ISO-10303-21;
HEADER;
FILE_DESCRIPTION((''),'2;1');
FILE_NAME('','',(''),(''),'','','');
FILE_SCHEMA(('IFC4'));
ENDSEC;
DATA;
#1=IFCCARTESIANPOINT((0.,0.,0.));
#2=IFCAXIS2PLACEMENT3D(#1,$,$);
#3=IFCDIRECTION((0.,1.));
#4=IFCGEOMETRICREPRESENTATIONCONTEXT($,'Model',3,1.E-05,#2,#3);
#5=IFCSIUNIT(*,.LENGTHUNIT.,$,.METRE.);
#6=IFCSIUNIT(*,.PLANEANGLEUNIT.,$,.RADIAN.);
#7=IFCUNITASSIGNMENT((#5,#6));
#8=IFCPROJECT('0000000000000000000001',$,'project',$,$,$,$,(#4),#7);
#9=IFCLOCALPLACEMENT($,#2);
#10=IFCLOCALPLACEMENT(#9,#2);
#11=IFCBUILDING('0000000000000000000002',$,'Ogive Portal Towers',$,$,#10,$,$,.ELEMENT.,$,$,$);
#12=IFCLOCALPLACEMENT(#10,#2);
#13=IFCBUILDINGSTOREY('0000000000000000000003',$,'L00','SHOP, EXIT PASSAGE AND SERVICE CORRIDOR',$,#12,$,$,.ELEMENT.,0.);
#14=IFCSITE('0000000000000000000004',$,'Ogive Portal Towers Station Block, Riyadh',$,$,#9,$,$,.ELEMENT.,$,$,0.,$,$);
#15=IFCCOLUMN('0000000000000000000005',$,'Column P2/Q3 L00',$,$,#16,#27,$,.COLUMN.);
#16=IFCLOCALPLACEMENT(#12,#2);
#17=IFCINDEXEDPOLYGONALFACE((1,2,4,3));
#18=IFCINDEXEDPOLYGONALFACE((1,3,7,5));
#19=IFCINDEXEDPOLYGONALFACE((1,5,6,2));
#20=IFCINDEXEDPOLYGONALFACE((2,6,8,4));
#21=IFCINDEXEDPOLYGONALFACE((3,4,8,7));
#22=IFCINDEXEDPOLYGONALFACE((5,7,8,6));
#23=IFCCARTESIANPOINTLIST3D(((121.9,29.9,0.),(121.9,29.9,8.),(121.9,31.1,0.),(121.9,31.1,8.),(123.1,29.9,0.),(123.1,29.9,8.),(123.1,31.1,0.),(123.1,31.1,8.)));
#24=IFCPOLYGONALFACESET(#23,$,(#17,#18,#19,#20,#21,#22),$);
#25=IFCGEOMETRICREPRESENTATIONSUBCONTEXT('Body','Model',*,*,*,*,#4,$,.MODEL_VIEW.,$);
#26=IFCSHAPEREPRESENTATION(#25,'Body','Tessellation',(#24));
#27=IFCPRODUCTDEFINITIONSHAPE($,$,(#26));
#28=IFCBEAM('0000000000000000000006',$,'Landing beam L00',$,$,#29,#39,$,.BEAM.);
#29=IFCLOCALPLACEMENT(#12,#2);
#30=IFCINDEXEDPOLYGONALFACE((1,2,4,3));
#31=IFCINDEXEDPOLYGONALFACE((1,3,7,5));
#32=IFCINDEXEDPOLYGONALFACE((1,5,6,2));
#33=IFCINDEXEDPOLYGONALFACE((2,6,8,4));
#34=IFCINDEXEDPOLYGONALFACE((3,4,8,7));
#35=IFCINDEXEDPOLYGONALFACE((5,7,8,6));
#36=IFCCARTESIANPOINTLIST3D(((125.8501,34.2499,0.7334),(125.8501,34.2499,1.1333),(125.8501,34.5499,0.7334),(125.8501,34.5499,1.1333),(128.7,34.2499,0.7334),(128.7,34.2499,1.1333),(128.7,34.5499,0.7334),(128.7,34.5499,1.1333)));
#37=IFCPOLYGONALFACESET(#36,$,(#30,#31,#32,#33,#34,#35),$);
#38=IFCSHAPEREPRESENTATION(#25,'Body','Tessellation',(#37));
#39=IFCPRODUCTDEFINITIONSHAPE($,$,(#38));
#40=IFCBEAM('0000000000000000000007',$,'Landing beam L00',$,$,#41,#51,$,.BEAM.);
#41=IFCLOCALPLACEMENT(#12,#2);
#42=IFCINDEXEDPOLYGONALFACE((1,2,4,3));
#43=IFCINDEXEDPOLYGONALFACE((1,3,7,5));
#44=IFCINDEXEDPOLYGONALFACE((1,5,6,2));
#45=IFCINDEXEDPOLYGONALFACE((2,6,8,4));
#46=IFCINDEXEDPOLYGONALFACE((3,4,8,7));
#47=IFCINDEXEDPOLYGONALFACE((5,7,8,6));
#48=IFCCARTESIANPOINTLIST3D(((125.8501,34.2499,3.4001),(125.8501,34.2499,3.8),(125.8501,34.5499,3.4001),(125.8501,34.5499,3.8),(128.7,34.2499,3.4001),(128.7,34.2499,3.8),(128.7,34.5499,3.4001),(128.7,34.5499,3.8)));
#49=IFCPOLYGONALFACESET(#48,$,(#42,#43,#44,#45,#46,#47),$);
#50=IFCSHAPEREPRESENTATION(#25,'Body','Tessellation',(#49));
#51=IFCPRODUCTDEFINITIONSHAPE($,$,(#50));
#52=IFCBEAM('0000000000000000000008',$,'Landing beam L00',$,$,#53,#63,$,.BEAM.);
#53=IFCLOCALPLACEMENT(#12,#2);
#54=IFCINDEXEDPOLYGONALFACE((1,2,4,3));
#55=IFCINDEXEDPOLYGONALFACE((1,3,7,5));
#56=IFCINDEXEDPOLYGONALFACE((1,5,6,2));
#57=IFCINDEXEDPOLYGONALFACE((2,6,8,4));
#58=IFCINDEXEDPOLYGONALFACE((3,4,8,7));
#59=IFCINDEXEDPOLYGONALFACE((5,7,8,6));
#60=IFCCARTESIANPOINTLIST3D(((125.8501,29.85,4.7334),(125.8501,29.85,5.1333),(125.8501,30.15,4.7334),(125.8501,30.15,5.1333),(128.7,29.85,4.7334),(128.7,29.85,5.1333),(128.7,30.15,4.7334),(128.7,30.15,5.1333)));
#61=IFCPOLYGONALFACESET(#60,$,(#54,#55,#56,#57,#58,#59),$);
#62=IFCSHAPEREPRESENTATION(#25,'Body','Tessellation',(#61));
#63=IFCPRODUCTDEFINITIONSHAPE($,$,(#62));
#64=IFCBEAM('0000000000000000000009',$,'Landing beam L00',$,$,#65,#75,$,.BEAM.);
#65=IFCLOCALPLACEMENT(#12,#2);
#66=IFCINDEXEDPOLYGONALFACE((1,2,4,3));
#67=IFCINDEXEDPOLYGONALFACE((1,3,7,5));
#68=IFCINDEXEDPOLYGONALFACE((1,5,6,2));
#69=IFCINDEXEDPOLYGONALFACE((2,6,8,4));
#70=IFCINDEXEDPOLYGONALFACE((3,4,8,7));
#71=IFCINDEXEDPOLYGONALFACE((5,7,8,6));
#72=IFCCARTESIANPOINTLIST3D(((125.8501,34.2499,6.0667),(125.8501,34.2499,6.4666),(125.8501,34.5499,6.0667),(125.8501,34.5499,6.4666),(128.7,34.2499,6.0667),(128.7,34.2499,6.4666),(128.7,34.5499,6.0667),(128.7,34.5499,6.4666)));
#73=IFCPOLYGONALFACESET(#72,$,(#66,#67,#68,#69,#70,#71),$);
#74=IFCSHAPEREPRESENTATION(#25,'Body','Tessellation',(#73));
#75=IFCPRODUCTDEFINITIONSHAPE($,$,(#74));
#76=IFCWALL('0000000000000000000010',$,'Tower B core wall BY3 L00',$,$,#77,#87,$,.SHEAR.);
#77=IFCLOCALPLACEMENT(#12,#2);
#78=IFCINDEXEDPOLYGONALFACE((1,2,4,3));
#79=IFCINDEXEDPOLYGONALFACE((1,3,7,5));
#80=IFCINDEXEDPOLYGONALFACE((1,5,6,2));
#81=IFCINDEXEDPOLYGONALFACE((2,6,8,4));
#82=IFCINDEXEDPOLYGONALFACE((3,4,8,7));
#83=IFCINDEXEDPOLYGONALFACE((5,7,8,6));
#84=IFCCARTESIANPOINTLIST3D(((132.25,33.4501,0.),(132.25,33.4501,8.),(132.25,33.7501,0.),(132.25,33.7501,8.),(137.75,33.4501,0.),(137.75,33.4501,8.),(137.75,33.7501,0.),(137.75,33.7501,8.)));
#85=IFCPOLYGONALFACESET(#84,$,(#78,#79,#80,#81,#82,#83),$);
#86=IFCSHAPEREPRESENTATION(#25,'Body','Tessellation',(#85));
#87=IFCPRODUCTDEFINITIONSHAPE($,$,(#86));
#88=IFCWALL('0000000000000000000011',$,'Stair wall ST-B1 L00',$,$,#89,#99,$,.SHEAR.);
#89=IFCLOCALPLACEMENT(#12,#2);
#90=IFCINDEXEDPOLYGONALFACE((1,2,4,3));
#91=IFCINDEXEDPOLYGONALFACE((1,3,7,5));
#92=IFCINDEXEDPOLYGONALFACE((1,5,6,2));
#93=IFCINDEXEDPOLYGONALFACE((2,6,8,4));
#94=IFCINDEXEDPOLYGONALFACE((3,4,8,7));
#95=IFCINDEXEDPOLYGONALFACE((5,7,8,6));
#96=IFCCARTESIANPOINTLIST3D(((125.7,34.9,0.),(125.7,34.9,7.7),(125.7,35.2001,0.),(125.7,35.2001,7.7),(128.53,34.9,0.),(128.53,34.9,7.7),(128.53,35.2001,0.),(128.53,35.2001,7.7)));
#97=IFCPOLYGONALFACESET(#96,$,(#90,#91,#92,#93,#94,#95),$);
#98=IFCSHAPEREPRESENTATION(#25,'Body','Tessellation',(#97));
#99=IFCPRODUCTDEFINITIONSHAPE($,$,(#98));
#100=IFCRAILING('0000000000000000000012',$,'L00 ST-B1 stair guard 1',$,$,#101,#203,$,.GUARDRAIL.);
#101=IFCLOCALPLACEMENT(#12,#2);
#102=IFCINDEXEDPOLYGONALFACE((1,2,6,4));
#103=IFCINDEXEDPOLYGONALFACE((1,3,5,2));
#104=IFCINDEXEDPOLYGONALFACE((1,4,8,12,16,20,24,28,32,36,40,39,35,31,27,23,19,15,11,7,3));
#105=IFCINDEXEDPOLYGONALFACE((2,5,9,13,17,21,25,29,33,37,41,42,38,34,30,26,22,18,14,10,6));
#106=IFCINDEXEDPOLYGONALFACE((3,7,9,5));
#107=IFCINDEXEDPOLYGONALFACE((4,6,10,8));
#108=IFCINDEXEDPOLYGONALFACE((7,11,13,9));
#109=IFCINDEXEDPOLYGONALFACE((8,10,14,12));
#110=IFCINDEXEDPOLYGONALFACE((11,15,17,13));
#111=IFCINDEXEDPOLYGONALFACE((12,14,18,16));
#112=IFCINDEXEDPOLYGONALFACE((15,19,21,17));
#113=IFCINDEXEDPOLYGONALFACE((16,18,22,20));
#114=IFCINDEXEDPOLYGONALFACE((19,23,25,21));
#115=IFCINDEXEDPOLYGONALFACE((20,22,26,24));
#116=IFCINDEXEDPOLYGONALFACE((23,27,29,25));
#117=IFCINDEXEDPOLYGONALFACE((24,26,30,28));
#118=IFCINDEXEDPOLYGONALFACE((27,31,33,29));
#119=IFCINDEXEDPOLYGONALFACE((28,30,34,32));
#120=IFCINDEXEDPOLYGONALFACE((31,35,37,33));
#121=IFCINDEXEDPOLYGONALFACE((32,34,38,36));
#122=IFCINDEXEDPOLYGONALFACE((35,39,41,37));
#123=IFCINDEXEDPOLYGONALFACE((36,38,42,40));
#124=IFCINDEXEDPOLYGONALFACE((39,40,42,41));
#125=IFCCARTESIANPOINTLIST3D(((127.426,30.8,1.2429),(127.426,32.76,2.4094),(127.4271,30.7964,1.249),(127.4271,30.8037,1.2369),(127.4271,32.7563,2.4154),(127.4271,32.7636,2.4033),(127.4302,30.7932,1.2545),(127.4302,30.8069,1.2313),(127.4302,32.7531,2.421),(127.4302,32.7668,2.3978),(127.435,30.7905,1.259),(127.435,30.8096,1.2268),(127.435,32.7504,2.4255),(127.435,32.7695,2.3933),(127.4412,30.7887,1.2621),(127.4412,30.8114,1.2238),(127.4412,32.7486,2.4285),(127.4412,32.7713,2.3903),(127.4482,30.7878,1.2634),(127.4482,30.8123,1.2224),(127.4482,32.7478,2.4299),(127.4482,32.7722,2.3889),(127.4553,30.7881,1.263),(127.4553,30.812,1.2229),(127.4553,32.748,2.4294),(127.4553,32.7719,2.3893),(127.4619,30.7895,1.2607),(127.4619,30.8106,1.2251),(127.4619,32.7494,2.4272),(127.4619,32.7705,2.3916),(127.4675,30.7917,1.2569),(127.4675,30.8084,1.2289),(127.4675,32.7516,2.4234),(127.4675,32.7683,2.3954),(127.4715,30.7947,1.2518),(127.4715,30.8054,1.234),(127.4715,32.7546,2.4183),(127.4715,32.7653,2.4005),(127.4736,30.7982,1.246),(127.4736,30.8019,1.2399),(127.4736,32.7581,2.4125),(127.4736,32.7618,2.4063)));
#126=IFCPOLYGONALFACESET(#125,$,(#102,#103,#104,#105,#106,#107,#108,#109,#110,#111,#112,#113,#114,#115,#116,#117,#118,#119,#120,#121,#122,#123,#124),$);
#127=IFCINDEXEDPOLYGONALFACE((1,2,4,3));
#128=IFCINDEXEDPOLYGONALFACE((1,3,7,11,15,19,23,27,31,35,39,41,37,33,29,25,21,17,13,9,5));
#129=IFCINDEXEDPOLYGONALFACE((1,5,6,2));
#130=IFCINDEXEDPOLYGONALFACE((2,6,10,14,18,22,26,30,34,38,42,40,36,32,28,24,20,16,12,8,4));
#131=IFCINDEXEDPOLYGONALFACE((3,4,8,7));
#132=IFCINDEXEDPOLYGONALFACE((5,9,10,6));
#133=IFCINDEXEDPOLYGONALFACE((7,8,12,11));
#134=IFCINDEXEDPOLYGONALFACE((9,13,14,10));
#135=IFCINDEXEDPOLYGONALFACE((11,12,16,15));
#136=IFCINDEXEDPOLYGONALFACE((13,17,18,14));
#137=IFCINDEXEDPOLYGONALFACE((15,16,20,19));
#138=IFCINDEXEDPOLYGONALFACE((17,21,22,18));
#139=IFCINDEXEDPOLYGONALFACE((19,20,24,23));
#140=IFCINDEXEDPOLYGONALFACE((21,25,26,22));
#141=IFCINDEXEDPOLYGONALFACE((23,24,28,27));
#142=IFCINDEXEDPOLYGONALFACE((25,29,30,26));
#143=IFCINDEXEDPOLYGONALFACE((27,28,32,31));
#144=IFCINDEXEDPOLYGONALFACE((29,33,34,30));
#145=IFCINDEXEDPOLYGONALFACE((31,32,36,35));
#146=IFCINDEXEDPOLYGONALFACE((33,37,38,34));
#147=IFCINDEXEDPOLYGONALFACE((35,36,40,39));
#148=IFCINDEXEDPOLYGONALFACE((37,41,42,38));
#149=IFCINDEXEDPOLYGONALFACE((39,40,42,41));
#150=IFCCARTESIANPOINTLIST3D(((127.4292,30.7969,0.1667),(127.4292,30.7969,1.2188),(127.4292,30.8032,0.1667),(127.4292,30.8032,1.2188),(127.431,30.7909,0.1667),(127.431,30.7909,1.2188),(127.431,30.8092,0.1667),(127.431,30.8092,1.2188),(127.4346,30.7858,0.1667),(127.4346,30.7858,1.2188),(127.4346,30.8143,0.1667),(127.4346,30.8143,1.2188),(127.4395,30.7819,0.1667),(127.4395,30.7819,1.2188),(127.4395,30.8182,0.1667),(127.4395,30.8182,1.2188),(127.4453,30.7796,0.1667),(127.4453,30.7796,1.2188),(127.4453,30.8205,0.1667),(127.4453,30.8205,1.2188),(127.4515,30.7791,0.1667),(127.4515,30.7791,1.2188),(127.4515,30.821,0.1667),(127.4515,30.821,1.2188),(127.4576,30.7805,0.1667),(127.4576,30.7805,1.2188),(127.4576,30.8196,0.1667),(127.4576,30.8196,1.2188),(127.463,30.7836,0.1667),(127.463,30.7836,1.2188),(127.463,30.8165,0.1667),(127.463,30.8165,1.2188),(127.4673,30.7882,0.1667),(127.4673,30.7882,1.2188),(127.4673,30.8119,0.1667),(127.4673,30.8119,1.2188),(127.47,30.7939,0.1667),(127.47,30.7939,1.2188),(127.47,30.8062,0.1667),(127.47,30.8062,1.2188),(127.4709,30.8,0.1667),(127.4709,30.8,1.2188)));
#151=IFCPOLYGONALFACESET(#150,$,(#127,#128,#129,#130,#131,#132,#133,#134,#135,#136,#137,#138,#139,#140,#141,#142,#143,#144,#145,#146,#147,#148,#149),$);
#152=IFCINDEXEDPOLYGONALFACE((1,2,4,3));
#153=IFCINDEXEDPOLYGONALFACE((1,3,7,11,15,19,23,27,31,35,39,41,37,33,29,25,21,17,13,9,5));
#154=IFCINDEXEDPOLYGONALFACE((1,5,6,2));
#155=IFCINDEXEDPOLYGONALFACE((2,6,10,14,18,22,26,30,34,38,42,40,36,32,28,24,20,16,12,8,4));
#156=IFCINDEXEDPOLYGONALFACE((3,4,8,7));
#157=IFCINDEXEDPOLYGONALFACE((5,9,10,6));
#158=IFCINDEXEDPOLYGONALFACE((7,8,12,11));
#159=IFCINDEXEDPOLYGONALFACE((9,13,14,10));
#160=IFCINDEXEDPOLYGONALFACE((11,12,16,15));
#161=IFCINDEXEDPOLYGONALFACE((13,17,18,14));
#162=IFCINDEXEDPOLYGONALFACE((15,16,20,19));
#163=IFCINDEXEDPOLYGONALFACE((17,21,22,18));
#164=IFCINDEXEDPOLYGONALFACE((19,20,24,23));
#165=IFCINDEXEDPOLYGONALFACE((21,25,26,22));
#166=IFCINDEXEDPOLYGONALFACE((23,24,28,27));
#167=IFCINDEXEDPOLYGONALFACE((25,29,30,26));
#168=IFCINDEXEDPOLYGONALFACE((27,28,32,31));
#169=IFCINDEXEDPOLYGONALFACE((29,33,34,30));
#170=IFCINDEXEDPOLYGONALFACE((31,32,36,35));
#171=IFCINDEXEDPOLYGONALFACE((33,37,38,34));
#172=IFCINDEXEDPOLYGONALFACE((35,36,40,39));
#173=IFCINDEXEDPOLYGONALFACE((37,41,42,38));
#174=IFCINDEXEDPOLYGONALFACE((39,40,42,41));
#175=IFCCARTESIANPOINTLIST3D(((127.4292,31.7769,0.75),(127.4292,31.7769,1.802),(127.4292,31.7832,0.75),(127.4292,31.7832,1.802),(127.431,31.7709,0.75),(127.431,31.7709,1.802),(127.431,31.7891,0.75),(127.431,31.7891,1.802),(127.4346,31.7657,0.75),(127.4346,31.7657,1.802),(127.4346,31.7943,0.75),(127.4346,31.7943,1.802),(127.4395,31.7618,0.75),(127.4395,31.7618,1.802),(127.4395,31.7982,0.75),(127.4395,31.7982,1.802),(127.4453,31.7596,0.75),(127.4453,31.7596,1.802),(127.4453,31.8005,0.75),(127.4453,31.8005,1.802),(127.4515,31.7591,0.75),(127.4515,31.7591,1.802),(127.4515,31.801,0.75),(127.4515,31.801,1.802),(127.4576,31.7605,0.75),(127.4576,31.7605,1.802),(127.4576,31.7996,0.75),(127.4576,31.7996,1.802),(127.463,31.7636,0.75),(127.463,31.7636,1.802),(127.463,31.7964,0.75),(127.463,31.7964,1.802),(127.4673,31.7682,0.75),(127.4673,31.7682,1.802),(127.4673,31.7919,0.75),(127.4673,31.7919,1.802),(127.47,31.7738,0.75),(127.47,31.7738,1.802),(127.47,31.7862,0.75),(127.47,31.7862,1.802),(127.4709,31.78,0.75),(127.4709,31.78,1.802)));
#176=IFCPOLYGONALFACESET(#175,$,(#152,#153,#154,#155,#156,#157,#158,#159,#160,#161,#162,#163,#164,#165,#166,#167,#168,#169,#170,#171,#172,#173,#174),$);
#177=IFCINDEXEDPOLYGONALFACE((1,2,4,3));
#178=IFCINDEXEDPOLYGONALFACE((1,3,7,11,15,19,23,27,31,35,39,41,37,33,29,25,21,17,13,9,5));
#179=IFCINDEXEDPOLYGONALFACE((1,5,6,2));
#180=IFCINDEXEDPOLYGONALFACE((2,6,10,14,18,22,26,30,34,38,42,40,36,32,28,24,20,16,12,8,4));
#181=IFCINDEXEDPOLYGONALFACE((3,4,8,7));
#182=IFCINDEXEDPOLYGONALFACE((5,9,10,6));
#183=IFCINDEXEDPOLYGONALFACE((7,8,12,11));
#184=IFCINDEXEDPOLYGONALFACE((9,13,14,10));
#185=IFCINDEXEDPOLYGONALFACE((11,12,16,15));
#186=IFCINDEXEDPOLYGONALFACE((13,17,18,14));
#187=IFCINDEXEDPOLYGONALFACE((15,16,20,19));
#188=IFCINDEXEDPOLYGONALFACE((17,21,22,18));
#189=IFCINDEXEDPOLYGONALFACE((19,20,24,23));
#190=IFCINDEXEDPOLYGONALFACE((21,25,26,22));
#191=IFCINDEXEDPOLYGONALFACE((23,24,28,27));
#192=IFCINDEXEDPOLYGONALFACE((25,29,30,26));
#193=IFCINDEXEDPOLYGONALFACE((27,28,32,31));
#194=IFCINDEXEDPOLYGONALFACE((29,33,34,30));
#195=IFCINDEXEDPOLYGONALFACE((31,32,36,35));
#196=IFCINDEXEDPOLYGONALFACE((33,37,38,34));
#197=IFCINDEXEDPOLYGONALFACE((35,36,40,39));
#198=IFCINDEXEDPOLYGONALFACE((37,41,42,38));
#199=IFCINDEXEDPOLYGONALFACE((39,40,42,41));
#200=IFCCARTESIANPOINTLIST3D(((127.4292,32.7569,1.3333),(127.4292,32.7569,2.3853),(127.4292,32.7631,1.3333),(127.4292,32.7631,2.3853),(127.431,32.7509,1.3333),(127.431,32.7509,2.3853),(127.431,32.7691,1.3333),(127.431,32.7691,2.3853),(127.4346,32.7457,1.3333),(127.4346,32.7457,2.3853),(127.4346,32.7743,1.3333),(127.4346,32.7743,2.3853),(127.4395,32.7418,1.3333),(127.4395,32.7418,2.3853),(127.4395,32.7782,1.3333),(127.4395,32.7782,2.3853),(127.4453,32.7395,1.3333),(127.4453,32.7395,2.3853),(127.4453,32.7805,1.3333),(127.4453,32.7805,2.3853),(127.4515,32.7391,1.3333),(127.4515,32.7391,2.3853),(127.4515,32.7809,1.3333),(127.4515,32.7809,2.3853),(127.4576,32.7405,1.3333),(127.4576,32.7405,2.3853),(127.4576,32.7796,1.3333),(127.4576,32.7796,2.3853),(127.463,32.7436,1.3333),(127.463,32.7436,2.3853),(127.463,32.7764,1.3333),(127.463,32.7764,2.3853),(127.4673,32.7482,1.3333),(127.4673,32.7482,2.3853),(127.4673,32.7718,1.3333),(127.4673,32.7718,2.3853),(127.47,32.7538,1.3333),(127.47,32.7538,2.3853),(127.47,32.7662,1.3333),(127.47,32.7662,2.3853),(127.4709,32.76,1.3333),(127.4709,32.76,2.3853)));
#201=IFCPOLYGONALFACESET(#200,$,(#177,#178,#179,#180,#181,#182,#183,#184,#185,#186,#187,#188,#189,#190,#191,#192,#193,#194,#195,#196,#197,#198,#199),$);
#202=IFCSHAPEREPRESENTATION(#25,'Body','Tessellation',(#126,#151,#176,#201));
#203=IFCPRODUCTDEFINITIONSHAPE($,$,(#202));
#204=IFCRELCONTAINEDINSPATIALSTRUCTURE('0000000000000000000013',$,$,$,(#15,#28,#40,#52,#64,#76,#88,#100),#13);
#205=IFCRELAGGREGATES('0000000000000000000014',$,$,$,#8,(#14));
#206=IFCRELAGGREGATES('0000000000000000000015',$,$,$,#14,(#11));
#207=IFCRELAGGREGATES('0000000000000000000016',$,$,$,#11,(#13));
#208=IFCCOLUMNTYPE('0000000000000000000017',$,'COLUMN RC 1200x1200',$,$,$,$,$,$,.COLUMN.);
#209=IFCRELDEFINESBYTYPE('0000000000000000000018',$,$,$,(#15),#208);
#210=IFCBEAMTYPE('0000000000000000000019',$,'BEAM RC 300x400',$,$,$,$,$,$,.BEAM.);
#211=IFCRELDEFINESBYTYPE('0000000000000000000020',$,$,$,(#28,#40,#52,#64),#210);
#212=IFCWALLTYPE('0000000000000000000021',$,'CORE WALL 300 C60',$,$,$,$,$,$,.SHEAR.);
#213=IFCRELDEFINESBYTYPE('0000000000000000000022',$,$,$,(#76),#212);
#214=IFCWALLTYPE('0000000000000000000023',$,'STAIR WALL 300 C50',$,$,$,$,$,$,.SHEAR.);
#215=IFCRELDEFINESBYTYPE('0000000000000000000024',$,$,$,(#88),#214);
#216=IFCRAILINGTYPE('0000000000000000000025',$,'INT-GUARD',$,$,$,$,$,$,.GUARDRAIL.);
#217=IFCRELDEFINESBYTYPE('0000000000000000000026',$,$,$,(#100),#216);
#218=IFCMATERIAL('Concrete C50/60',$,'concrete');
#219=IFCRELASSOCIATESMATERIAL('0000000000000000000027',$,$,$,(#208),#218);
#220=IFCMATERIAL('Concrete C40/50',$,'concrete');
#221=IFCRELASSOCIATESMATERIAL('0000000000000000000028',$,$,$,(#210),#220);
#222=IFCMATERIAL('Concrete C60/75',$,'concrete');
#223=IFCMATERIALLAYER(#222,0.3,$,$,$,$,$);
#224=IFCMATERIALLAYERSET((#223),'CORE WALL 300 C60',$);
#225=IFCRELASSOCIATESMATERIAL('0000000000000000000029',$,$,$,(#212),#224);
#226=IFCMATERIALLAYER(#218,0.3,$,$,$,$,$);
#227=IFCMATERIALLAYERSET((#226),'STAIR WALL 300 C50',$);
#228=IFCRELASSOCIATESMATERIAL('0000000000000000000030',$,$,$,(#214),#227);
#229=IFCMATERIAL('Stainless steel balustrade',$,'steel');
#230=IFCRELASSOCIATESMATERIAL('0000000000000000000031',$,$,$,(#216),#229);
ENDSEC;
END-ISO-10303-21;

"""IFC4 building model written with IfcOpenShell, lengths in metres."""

from ifc_helpers import new_model, si_unit, direction, frame, frame_2d, origin, origin_2d, place, context, subcontext, project, spatial, rectangle, circle, extrude, material, layer, layer_set, material_profile, profile_set, type_object, element, save


model = new_model("IFC4")

# Units and contexts
model_context = context("Model", 3, precision=1e-05, world=origin(), true_north=direction((0.0, 1.0)))
body_context = subcontext(model_context, "Body", "Model", "MODEL_VIEW")
ifc_project = project(units=[si_unit("LENGTHUNIT", "METRE"), si_unit("PLANEANGLEUNIT", "RADIAN")], contexts=[model_context])

# Site, building, storey
site_placement = place(None, origin())
site = spatial("IfcSite", under=ifc_project, at=site_placement, Name="Ogive Portal Towers Station Block, Riyadh", CompositionType="ELEMENT", RefElevation=0.0)
building_placement = place(site_placement, origin())
building = spatial("IfcBuilding", under=site, at=building_placement, Name="Ogive Portal Towers", CompositionType="ELEMENT")
storey_placement = place(building_placement, origin())
storey = spatial("IfcBuildingStorey", under=building, at=storey_placement, Name="L00", Description="SHOP, EXIT PASSAGE AND SERVICE CORRIDOR", CompositionType="ELEMENT", Elevation=0.0)

# Column
ifc_material_1 = material(Name="Concrete C50/60", Category="concrete")
ifc_material_profile_1 = material_profile(ifc_material_1, rectangle(XDim=1.2, YDim=1.2, at=origin_2d()), Name="RC 1200x1200")
ifc_profile_set_1 = profile_set([ifc_material_profile_1], Name="Concrete C50/60")
column_type = type_object("IfcColumnType", Name="COLUMN RC 1200x1200", PredefinedType="COLUMN", material=ifc_profile_set_1)
column_placement = place(storey_placement, frame((122.5, 30.5, 0.0), z_axis=(0.0, 0.0, 1.0), x_axis=(1.0, 0.0, 0.0)))
element("IfcColumn", 1, at=column_placement, inside=storey, type_object=column_type, Name="Column P2/Q3 L00", PredefinedType="COLUMN", context=body_context, shape_type="SweptSolid", body=[
    extrude(rectangle(XDim=1.2, YDim=1.2, at=origin_2d()), origin(), (0.0, 0.0, 1.0), 8.0),
])

# Beams
ifc_material_2 = material(Name="Concrete C40/50", Category="concrete")
ifc_material_profile_2 = material_profile(ifc_material_2, rectangle(XDim=0.3, YDim=0.3999, at=origin_2d()), Name="RC 300x400")
ifc_profile_set_2 = profile_set([ifc_material_profile_2], Name="Concrete C40/50")
beam_type = type_object("IfcBeamType", Name="BEAM RC 300x400", PredefinedType="BEAM", material=ifc_profile_set_2)
for number, where, z_axis, x_axis, name in (
    (2, (125.8501, 34.3999, 0.9333), (1.0, 0.0, 0.0), (0.0, 1.0, 0.0), "Landing beam L00"),
    (3, (125.8501, 34.3999, 3.6001), (1.0, 0.0, 0.0), (0.0, 1.0, 0.0), "Landing beam L00"),
    (4, (125.8501, 30.0, 4.9333), (1.0, 0.0, 0.0), (0.0, 1.0, 0.0), "Landing beam L00"),
    (5, (125.8501, 34.3999, 6.2666), (1.0, 0.0, 0.0), (0.0, 1.0, 0.0), "Landing beam L00"),
):
    element("IfcBeam", number, at=place(storey_placement, frame(where, z_axis=z_axis, x_axis=x_axis)), inside=storey, type_object=beam_type, Name=name, PredefinedType="BEAM", context=body_context, shape_type="SweptSolid", body=[
        extrude(rectangle(XDim=0.3, YDim=0.3999, at=origin_2d()), origin(), (0.0, 0.0, 1.0), 2.8499),
    ])

# Shared definitions
ifc_material_3 = material(Name="Concrete C60/75", Category="concrete")
ifc_layer_1 = layer(ifc_material_3, 0.3)
ifc_layer_set_1 = layer_set([ifc_layer_1], Name="CORE WALL 300 C60")
wall_type_1 = type_object("IfcWallType", Name="CORE WALL 300 C60", PredefinedType="SHEAR", material=ifc_layer_set_1)

# Wall
wall_1_placement = place(storey_placement, frame((132.25, 33.6001, 0.0), z_axis=(0.0, 0.0, 1.0), x_axis=(1.0, 0.0, 0.0)))
element("IfcWall", 6, at=wall_1_placement, inside=storey, type_object=wall_type_1, Name="Tower B core wall BY3 L00", PredefinedType="SHEAR", context=body_context, shape_type="SweptSolid", body=[
    extrude(rectangle(XDim=5.5, YDim=0.3, at=frame_2d((2.75, 0.0))), origin(), (0.0, 0.0, 1.0), 8.0),
])

# Wall
ifc_layer_2 = layer(ifc_material_1, 0.3)
ifc_layer_set_2 = layer_set([ifc_layer_2], Name="STAIR WALL 300 C50")
wall_type_2 = type_object("IfcWallType", Name="STAIR WALL 300 C50", PredefinedType="SHEAR", material=ifc_layer_set_2)
wall_2_placement = place(storey_placement, frame((125.7, 35.05, 0.0), z_axis=(0.0, 0.0, 1.0), x_axis=(1.0, 0.0, 0.0)))
element("IfcWall", 7, at=wall_2_placement, inside=storey, type_object=wall_type_2, Name="Stair wall ST-B1 L00", PredefinedType="SHEAR", context=body_context, shape_type="SweptSolid", body=[
    extrude(rectangle(XDim=2.8301, YDim=0.3, at=frame_2d((1.415, 0.0))), origin(), (0.0, 0.0, 1.0), 7.7),
])

# Railing
ifc_material_4 = material(Name="Stainless steel balustrade", Category="steel")
railing_type_1 = type_object("IfcRailingType", Name="INT-GUARD", PredefinedType="GUARDRAIL", material=ifc_material_4)
railing_1_placement = place(storey_placement, frame((127.45, 30.8, 0.1667)))
element("IfcRailing", 8, at=railing_1_placement, inside=storey, type_object=railing_type_1, Name="L00 ST-B1 stair guard 1", PredefinedType="GUARDRAIL", context=body_context, shape_type="SweptSolid", body=[
    extrude(circle(Radius=0.0239, at=origin_2d()), frame((0.0, 0.0, 1.0762), z_axis=(0.0, 0.85932, 0.511439), x_axis=(-1.0, 0.0, 0.0)), (0.0, 0.0, 1.0), 2.2808),
    extrude(circle(Radius=0.021, at=origin_2d()), origin(), (0.0, 0.0, 1.0), 1.052),
    extrude(circle(Radius=0.021, at=origin_2d()), frame((0.0, 0.98, 0.5833)), (0.0, 0.0, 1.0), 1.052),
    extrude(circle(Radius=0.021, at=origin_2d()), frame((0.0, 1.96, 1.1665)), (0.0, 0.0, 1.0), 1.052),
])

save(model, "model.ifc")
